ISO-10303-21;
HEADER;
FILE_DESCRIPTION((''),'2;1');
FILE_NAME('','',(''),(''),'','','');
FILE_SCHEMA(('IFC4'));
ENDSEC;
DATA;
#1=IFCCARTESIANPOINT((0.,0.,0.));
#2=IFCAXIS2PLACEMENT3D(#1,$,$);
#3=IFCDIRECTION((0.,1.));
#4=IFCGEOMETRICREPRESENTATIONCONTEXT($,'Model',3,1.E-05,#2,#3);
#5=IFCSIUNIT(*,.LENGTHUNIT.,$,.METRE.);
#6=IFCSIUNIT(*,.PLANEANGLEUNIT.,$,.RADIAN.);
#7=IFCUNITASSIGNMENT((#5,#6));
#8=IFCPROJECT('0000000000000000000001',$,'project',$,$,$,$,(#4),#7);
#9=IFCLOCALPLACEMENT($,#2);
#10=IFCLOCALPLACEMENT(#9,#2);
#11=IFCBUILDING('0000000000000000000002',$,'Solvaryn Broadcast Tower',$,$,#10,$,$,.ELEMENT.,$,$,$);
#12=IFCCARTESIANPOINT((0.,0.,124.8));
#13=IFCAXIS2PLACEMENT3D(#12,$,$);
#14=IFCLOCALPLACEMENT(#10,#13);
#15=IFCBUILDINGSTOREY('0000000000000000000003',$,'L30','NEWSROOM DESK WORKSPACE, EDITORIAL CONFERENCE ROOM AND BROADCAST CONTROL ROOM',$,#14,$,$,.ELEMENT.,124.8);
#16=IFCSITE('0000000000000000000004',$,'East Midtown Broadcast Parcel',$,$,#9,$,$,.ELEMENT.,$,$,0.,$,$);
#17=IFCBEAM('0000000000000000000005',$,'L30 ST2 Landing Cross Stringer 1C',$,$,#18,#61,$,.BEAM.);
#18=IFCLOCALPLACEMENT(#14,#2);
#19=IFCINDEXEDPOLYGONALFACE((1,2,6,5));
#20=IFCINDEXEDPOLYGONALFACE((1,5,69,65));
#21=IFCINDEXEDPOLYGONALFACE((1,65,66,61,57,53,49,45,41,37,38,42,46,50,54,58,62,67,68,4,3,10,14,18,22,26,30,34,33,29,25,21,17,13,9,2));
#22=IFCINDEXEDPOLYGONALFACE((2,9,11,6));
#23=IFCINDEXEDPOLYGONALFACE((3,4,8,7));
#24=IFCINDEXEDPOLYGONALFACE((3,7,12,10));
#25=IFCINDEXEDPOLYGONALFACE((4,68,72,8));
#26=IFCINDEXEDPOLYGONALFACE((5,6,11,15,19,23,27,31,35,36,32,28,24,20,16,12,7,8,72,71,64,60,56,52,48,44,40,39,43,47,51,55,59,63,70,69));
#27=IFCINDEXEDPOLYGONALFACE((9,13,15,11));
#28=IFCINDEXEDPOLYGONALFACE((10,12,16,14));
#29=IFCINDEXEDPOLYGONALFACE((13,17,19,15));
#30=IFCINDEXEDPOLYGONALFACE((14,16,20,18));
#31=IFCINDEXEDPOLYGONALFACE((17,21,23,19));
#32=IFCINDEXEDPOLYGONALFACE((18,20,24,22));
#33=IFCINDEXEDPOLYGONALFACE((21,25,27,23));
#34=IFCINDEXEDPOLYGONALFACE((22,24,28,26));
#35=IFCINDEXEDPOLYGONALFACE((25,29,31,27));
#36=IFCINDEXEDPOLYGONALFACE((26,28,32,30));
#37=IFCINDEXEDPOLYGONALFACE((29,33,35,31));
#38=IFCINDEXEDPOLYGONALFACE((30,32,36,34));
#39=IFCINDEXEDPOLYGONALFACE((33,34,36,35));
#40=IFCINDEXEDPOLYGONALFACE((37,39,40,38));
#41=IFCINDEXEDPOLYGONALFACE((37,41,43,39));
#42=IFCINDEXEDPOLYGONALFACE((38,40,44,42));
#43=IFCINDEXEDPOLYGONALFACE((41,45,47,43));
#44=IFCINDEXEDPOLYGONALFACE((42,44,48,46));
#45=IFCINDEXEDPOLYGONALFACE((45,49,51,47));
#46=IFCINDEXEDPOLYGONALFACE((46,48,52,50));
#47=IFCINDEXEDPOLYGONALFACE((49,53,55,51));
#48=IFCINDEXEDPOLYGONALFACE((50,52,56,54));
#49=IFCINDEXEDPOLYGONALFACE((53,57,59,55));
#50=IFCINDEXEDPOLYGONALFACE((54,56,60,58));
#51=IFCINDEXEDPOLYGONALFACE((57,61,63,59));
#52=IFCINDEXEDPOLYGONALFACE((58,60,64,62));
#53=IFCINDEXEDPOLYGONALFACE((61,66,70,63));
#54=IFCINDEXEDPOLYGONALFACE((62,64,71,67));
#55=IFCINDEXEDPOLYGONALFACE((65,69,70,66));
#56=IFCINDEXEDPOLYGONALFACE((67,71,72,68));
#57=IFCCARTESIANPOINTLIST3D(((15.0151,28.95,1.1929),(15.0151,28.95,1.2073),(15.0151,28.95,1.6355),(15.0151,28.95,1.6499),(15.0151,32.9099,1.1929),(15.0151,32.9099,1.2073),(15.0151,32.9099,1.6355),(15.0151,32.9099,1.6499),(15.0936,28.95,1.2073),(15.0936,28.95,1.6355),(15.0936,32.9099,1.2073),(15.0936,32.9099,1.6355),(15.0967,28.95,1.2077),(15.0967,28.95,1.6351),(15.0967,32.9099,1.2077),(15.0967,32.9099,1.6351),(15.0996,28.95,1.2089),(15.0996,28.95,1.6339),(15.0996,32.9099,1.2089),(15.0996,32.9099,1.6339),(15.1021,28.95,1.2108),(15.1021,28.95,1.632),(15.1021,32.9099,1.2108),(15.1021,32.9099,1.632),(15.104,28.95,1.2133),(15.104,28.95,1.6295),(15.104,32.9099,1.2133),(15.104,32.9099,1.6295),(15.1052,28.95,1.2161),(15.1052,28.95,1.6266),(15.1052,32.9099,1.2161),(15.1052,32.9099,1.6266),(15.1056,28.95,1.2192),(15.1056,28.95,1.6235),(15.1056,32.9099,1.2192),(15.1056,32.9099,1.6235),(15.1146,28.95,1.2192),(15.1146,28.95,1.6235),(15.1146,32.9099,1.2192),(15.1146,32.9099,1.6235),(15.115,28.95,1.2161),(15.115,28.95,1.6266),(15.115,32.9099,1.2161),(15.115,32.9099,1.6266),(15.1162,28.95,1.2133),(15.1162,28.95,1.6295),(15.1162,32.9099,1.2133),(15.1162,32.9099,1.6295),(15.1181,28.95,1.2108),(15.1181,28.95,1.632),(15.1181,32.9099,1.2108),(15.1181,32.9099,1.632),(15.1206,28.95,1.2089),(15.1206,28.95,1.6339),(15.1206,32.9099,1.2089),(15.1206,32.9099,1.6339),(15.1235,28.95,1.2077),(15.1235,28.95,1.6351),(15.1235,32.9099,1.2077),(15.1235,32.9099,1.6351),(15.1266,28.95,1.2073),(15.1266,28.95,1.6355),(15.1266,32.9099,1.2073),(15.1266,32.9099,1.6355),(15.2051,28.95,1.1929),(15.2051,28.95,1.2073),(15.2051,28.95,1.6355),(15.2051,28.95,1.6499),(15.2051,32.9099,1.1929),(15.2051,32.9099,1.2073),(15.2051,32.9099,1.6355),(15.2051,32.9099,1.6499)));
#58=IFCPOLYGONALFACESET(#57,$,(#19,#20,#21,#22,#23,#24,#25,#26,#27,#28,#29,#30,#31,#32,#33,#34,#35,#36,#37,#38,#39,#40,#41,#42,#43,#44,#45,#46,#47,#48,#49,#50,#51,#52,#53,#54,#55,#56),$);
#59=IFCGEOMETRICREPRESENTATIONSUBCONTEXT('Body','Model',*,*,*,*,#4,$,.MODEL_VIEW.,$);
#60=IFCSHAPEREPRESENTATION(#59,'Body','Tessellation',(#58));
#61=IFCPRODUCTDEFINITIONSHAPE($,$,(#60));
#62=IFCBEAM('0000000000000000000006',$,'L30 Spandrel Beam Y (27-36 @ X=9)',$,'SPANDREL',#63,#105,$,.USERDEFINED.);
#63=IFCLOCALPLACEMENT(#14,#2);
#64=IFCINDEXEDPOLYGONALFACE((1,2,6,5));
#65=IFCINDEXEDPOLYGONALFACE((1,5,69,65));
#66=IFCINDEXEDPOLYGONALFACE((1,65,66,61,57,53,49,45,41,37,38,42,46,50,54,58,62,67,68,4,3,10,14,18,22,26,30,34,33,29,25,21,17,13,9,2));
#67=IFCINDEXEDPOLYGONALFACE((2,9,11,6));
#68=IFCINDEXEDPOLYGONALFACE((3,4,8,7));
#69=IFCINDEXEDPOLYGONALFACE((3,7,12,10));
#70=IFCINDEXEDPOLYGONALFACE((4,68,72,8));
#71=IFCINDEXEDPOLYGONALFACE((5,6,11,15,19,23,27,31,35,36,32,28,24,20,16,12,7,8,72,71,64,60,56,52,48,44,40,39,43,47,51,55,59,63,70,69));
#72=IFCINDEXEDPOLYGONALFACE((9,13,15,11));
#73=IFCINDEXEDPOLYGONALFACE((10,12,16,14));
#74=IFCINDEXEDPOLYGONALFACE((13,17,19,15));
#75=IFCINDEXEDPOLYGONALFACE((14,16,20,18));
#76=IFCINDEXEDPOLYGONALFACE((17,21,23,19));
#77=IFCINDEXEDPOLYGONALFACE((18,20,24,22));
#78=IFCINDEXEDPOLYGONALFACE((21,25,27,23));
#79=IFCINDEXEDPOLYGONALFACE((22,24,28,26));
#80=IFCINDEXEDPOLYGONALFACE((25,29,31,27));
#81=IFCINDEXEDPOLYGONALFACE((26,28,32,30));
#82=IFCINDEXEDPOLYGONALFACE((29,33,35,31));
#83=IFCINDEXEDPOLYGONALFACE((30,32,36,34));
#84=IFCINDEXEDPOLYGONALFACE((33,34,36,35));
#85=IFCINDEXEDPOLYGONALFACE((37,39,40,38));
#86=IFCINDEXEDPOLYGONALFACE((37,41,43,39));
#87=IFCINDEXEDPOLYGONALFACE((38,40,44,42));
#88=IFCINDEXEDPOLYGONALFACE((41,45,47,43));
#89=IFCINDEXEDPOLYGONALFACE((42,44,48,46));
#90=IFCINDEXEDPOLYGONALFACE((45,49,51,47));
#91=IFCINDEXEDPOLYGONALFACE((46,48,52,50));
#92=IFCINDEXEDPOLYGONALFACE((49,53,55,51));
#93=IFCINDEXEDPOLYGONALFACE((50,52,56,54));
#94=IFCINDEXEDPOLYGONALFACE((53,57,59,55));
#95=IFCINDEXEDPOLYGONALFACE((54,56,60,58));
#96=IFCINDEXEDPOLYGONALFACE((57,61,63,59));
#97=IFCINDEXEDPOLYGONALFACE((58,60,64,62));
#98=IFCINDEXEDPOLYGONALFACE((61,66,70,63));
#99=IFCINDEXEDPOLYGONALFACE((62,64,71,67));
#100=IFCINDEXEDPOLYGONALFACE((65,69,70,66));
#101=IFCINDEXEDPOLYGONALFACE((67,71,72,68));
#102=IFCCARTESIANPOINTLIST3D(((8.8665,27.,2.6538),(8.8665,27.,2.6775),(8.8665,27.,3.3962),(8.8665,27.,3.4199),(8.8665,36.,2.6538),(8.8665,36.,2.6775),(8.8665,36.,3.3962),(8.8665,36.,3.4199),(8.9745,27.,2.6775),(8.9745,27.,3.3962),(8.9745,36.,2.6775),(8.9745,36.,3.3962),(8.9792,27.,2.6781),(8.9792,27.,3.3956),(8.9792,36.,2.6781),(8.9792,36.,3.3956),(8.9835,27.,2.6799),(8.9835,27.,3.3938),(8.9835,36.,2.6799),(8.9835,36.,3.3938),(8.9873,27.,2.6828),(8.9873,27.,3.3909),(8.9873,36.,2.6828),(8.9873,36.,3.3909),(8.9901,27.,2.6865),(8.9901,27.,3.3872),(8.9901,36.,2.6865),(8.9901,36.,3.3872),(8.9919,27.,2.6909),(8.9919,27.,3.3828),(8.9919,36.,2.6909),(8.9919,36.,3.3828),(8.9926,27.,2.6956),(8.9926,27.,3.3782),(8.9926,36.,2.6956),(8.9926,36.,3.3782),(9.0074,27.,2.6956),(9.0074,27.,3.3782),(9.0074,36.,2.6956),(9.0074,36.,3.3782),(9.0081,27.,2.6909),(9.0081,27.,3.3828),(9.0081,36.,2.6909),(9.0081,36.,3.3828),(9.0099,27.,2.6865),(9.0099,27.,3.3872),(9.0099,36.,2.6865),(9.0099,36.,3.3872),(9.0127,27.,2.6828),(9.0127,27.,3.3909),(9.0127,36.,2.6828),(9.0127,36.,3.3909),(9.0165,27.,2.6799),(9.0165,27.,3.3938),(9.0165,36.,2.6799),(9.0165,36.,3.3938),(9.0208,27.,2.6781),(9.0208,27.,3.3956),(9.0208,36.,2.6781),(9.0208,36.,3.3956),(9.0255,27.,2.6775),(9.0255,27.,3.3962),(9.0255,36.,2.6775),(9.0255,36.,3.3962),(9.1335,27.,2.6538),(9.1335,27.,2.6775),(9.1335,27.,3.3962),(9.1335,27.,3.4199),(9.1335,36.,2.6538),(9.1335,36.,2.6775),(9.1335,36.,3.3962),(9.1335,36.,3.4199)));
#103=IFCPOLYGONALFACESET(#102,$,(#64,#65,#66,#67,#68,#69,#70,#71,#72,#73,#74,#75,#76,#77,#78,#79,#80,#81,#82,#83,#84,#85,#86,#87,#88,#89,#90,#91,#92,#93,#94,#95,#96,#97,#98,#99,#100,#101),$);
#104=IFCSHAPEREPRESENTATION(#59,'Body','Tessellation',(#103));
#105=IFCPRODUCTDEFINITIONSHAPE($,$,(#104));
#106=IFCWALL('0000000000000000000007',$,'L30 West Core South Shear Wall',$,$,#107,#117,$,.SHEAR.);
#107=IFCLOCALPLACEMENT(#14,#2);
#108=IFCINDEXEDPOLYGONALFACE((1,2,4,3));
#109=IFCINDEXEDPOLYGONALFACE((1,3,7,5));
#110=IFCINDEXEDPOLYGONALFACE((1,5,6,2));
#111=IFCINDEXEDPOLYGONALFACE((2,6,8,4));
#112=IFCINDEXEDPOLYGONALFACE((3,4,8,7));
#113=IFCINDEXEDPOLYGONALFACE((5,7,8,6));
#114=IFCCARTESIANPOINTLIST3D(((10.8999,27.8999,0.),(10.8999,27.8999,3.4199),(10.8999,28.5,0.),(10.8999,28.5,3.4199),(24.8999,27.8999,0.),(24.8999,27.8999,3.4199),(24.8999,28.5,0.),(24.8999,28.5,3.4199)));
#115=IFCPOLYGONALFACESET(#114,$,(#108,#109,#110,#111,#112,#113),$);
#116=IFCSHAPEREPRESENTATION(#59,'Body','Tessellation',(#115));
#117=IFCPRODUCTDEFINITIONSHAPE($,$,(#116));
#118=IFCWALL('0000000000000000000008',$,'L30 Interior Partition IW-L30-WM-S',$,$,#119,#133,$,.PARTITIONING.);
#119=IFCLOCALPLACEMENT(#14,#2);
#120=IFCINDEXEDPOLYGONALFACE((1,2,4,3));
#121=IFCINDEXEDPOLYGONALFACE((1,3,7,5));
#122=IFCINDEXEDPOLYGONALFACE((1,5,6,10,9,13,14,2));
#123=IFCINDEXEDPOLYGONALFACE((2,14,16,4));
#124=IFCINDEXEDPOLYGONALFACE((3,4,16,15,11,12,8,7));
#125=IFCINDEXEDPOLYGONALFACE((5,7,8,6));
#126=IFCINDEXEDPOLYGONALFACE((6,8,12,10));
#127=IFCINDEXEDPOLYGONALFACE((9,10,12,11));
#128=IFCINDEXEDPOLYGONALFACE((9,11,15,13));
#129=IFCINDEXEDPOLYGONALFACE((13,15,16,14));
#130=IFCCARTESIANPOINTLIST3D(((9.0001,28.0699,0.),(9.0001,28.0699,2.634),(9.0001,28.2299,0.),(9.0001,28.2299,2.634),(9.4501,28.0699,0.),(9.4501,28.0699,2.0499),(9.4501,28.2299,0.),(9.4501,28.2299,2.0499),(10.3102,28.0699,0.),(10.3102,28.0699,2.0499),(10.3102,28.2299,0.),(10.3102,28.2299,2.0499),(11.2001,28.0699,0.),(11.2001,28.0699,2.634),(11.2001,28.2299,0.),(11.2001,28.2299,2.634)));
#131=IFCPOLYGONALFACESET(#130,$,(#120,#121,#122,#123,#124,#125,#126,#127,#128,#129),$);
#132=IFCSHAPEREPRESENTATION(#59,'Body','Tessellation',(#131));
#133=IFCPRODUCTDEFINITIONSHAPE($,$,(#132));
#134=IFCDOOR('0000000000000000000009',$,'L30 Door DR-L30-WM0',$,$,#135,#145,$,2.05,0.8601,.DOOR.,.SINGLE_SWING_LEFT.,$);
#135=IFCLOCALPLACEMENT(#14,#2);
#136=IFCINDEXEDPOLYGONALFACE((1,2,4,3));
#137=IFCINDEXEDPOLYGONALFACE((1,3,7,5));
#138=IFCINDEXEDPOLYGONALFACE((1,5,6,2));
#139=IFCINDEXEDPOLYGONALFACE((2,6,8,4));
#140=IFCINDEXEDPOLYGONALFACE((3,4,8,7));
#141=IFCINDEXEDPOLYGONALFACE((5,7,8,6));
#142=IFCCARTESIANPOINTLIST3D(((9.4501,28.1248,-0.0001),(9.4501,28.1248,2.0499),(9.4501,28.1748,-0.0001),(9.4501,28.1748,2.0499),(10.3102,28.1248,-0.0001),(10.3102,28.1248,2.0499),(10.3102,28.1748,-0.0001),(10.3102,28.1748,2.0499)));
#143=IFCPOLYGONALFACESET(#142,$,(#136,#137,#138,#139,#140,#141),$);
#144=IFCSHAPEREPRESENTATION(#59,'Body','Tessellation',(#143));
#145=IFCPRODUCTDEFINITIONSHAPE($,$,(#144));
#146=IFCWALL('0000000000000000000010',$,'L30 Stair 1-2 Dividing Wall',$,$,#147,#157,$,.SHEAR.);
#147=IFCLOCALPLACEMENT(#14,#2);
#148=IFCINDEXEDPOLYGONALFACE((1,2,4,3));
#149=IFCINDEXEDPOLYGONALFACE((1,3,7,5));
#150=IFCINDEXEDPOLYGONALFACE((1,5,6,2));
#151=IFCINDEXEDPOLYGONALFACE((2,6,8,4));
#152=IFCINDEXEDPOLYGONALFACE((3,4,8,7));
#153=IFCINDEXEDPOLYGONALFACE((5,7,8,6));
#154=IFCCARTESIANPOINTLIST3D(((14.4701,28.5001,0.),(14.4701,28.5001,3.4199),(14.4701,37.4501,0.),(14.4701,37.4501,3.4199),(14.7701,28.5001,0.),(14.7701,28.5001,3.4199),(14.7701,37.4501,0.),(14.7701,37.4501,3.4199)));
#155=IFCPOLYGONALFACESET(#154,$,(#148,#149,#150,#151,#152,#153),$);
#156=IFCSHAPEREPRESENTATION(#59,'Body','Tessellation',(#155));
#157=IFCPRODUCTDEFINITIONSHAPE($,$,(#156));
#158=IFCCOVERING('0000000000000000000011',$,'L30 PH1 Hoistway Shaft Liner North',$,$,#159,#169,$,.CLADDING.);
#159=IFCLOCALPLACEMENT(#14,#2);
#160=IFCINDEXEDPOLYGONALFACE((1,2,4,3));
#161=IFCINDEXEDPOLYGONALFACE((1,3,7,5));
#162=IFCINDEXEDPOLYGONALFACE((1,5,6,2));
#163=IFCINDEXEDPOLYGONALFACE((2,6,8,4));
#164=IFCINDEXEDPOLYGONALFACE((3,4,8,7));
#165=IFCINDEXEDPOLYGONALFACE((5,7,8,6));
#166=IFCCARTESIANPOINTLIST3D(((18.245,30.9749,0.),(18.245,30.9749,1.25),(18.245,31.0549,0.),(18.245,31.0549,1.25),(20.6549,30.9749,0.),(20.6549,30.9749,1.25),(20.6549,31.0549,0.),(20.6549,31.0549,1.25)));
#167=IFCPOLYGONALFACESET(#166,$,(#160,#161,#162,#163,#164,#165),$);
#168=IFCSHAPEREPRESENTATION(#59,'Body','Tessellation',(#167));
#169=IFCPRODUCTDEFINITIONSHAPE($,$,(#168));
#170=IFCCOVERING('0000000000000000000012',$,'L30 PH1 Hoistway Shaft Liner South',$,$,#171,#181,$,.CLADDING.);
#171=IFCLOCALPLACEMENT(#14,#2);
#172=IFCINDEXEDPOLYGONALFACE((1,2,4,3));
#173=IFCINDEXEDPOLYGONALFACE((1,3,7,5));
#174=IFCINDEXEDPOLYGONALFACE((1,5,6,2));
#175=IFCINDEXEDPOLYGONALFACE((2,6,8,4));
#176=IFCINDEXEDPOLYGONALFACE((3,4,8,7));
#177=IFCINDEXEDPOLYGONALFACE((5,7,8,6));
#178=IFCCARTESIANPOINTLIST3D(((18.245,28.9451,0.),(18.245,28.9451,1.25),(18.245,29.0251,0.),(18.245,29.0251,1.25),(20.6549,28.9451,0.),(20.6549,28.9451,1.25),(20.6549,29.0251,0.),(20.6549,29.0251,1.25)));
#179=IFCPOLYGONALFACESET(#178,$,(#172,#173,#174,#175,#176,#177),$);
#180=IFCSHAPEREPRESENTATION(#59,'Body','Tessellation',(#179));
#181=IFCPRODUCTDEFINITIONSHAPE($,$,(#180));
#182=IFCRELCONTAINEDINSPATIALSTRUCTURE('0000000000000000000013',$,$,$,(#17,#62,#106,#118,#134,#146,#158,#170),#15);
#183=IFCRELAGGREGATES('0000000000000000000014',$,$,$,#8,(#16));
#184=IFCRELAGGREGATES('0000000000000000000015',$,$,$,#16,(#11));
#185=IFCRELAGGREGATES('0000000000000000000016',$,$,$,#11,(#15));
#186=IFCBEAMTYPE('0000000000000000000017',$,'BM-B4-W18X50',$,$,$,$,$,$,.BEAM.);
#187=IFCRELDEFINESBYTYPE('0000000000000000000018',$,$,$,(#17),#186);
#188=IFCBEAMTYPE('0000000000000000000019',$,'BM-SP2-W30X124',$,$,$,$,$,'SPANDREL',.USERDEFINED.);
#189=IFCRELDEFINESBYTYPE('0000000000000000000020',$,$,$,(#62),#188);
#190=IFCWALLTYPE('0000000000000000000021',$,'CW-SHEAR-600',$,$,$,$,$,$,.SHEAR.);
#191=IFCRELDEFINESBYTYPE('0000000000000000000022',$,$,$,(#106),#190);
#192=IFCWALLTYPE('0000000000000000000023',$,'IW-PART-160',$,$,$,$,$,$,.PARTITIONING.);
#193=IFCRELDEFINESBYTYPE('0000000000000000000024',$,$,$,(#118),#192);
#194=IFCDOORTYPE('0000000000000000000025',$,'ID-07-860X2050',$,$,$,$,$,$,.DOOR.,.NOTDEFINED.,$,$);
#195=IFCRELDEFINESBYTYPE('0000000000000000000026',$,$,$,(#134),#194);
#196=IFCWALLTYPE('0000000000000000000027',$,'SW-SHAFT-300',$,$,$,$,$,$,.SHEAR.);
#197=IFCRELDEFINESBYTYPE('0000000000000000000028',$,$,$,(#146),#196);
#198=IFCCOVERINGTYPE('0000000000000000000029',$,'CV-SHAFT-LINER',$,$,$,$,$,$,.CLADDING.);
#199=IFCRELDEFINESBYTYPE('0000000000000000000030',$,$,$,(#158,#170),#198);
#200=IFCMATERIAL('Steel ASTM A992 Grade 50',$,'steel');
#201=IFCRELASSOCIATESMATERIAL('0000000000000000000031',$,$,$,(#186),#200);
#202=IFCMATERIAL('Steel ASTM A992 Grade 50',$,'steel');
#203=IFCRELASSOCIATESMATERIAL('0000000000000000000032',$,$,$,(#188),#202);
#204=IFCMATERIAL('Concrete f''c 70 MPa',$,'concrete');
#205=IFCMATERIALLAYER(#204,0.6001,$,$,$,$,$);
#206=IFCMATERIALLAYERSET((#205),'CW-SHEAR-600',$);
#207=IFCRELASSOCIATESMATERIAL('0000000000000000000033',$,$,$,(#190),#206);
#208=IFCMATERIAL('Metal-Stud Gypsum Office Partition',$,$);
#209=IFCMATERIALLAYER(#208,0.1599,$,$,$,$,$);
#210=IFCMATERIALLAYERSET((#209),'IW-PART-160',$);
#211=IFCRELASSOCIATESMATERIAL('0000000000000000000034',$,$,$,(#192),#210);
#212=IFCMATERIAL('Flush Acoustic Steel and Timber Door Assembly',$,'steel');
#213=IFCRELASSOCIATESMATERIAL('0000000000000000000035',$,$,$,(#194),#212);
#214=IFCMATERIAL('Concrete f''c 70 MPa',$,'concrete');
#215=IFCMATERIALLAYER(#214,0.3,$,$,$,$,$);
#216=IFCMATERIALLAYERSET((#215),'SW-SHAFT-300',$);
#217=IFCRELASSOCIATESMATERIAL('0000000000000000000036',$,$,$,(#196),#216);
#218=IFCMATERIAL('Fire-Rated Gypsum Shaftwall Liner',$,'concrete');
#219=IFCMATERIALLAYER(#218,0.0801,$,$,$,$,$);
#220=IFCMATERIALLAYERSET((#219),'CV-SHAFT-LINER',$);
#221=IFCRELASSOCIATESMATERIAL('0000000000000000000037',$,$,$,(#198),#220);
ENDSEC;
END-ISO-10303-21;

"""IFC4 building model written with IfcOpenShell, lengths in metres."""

from ifc_helpers import new_model, si_unit, direction, frame, frame_2d, origin, origin_2d, place, context, subcontext, project, spatial, rectangle, i_section, extrude, material, layer, layer_set, material_profile, profile_set, type_object, element, fill, save


model = new_model("IFC4")

# Units and contexts
model_context = context("Model", 3, precision=1e-05, world=origin(), true_north=direction((0.0, 1.0)))
body_context = subcontext(model_context, "Body", "Model", "MODEL_VIEW")
ifc_project = project(units=[si_unit("LENGTHUNIT", "METRE"), si_unit("PLANEANGLEUNIT", "RADIAN")], contexts=[model_context])

# Site, building, storey
site_placement = place(None, origin())
site = spatial("IfcSite", under=ifc_project, at=site_placement, Name="East Midtown Broadcast Parcel", CompositionType="ELEMENT", RefElevation=0.0)
building_placement = place(site_placement, origin())
building = spatial("IfcBuilding", under=site, at=building_placement, Name="Solvaryn Broadcast Tower", CompositionType="ELEMENT")
storey_placement = place(building_placement, frame((0.0, 0.0, 124.8)))
storey = spatial("IfcBuildingStorey", under=building, at=storey_placement, Name="L30", Description="NEWSROOM DESK WORKSPACE, EDITORIAL CONFERENCE ROOM AND BROADCAST CONTROL ROOM", CompositionType="ELEMENT", Elevation=124.8)

# Beams
ifc_material_1 = material(Name="Steel ASTM A992 Grade 50", Category="steel")
ifc_material_profile_1 = material_profile(ifc_material_1, i_section(OverallWidth=0.1899, OverallDepth=0.457, WebThickness=0.009, FlangeThickness=0.0144, FilletRadius=0.012, at=origin_2d()))
ifc_profile_set_1 = profile_set([ifc_material_profile_1], Name="Steel ASTM A992 Grade 50")
beam_type_1 = type_object("IfcBeamType", Name="BM-B4-W18X50", PredefinedType="BEAM", material=ifc_profile_set_1)
beam_1_placement = place(storey_placement, frame((15.1101, 28.95, 1.4214), z_axis=(0.0, 1.0, 0.0), x_axis=(-1.0, 0.0, 0.0)))
element("IfcBeam", 1, at=beam_1_placement, inside=storey, type_object=beam_type_1, Name="L30 ST2 Landing Cross Stringer 1C", PredefinedType="BEAM", context=body_context, shape_type="SweptSolid", body=[
    extrude(i_section(OverallWidth=0.1899, OverallDepth=0.457, WebThickness=0.009, FlangeThickness=0.0144, FilletRadius=0.012, at=origin_2d()), origin(), (0.0, 0.0, 1.0), 3.96),
])
ifc_material_2 = material(Name="Steel ASTM A992 Grade 50", Category="steel")
ifc_material_profile_2 = material_profile(ifc_material_2, i_section(OverallWidth=0.2671, OverallDepth=0.7661, WebThickness=0.0149, FlangeThickness=0.0237, FilletRadius=0.0181, at=origin_2d()))
ifc_profile_set_2 = profile_set([ifc_material_profile_2], Name="Steel ASTM A992 Grade 50")
beam_type_2 = type_object("IfcBeamType", Name="BM-SP2-W30X124", ElementType="SPANDREL", PredefinedType="USERDEFINED", material=ifc_profile_set_2)
beam_2_placement = place(storey_placement, frame((9.0, 27.0, 3.0369), z_axis=(0.0, 1.0, 0.0), x_axis=(-1.0, 0.0, 0.0)))
element("IfcBeam", 2, at=beam_2_placement, inside=storey, type_object=beam_type_2, Name="L30 Spandrel Beam Y (27-36 @ X=9)", ObjectType="SPANDREL", PredefinedType="USERDEFINED", context=body_context, shape_type="SweptSolid", body=[
    extrude(i_section(OverallWidth=0.2671, OverallDepth=0.7661, WebThickness=0.0149, FlangeThickness=0.0237, FilletRadius=0.0181, at=origin_2d()), origin(), (0.0, 0.0, 1.0), 9.0),
])

# Wall
ifc_material_3 = material(Name="Concrete f'c 70 MPa", Category="concrete")
ifc_layer_1 = layer(ifc_material_3, 0.6001)
ifc_layer_set_1 = layer_set([ifc_layer_1], Name="CW-SHEAR-600")
wall_type_1 = type_object("IfcWallType", Name="CW-SHEAR-600", PredefinedType="SHEAR", material=ifc_layer_set_1)
wall_1_placement = place(storey_placement, frame((10.8999, 28.2, 0.0), z_axis=(0.0, 0.0, 1.0), x_axis=(1.0, 0.0, 0.0)))
element("IfcWall", 3, at=wall_1_placement, inside=storey, type_object=wall_type_1, Name="L30 West Core South Shear Wall", PredefinedType="SHEAR", context=body_context, shape_type="SweptSolid", body=[
    extrude(rectangle(XDim=14.0, YDim=0.6001, at=frame_2d((7.0, 0.0))), origin(), (0.0, 0.0, 1.0), 3.4199),
])

# Wall, opening, door
ifc_material_4 = material(Name="Metal-Stud Gypsum Office Partition")
ifc_layer_2 = layer(ifc_material_4, 0.1599)
ifc_layer_set_2 = layer_set([ifc_layer_2], Name="IW-PART-160")
wall_type_2 = type_object("IfcWallType", Name="IW-PART-160", PredefinedType="PARTITIONING", material=ifc_layer_set_2)
wall_2_placement = place(storey_placement, frame((9.0, 28.1499, 0.0), z_axis=(0.0, 0.0, 1.0), x_axis=(1.0, 0.0, 0.0)))
wall_2 = element("IfcWall", 4, at=wall_2_placement, inside=storey, type_object=wall_type_2, Name="L30 Interior Partition IW-L30-WM-S", PredefinedType="PARTITIONING", context=body_context, shape_type="SweptSolid", body=[
    extrude(rectangle(XDim=2.2, YDim=0.1599, at=frame_2d((1.1001, 0.0))), origin(), (0.0, 0.0, 1.0), 2.634),
])
opening_placement = place(wall_2_placement, frame((0.45, 0.0, 0.0)))
opening = element("IfcOpeningElement", 5, at=opening_placement, cuts=wall_2, PredefinedType="OPENING", context=body_context, shape_type="SweptSolid", body=[
    extrude(rectangle(XDim=0.8601, YDim=2.05, at=frame_2d((0.4302, 1.0249))), frame((0.0, 0.0901, 0.0), z_axis=(0.0, -1.0, 0.0), x_axis=(1.0, 0.0, 0.0)), (0.0, 0.0, 1.0), 0.1799),
])
ifc_material_5 = material(Name="Flush Acoustic Steel and Timber Door Assembly", Category="steel")
door_type = type_object("IfcDoorType", Name="ID-07-860X2050", OperationType="NOTDEFINED", PredefinedType="DOOR", material=ifc_material_5)
door_placement = place(opening_placement, origin())
door = element("IfcDoor", 6, at=door_placement, inside=storey, type_object=door_type, Name="L30 Door DR-L30-WM0", OperationType="SINGLE_SWING_LEFT", OverallHeight=2.05, OverallWidth=0.8601, PredefinedType="DOOR", context=body_context, shape_type="SweptSolid", body=[
    extrude(rectangle(XDim=0.8601, YDim=2.05, at=frame_2d((0.4302, 1.0249))), frame((0.0, 0.0249, 0.0), z_axis=(0.0, -1.0, 0.0), x_axis=(1.0, 0.0, 0.0)), (0.0, 0.0, 1.0), 0.05),
])
fill(opening, door)

# Wall
ifc_material_6 = material(Name="Concrete f'c 70 MPa", Category="concrete")
ifc_layer_3 = layer(ifc_material_6, 0.3)
ifc_layer_set_3 = layer_set([ifc_layer_3], Name="SW-SHAFT-300")
wall_type_3 = type_object("IfcWallType", Name="SW-SHAFT-300", PredefinedType="SHEAR", material=ifc_layer_set_3)
wall_3_placement = place(storey_placement, frame((14.6201, 28.5, 0.0), z_axis=(0.0, 0.0, 1.0), x_axis=(0.0, 1.0, 0.0)))
element("IfcWall", 7, at=wall_3_placement, inside=storey, type_object=wall_type_3, Name="L30 Stair 1-2 Dividing Wall", PredefinedType="SHEAR", context=body_context, shape_type="SweptSolid", body=[
    extrude(rectangle(XDim=8.95, YDim=0.3, at=frame_2d((4.4751, 0.0))), origin(), (0.0, 0.0, 1.0), 3.4199),
])

# Coverings
ifc_material_7 = material(Name="Fire-Rated Gypsum Shaftwall Liner", Category="concrete")
ifc_layer_4 = layer(ifc_material_7, 0.0801)
ifc_layer_set_4 = layer_set([ifc_layer_4], Name="CV-SHAFT-LINER")
covering_type_1 = type_object("IfcCoveringType", Name="CV-SHAFT-LINER", PredefinedType="CLADDING", material=ifc_layer_set_4)
for number, where, z_axis, x_axis, name in (
    (8, (19.45, 31.0149, 0.0), (0.0, 0.0, 1.0), (1.0, 0.0, 0.0), "L30 PH1 Hoistway Shaft Liner North"),
    (9, (19.45, 28.9851, 0.0), (0.0, 0.0, 1.0), (1.0, 0.0, 0.0), "L30 PH1 Hoistway Shaft Liner South"),
):
    element("IfcCovering", number, at=place(storey_placement, frame(where, z_axis=z_axis, x_axis=x_axis)), inside=storey, type_object=covering_type_1, Name=name, PredefinedType="CLADDING", context=body_context, shape_type="SweptSolid", body=[
        extrude(rectangle(XDim=2.4099, YDim=0.0801, at=origin_2d()), origin(), (0.0, 0.0, 1.0), 1.25),
    ])

save(model, "model.ifc")
